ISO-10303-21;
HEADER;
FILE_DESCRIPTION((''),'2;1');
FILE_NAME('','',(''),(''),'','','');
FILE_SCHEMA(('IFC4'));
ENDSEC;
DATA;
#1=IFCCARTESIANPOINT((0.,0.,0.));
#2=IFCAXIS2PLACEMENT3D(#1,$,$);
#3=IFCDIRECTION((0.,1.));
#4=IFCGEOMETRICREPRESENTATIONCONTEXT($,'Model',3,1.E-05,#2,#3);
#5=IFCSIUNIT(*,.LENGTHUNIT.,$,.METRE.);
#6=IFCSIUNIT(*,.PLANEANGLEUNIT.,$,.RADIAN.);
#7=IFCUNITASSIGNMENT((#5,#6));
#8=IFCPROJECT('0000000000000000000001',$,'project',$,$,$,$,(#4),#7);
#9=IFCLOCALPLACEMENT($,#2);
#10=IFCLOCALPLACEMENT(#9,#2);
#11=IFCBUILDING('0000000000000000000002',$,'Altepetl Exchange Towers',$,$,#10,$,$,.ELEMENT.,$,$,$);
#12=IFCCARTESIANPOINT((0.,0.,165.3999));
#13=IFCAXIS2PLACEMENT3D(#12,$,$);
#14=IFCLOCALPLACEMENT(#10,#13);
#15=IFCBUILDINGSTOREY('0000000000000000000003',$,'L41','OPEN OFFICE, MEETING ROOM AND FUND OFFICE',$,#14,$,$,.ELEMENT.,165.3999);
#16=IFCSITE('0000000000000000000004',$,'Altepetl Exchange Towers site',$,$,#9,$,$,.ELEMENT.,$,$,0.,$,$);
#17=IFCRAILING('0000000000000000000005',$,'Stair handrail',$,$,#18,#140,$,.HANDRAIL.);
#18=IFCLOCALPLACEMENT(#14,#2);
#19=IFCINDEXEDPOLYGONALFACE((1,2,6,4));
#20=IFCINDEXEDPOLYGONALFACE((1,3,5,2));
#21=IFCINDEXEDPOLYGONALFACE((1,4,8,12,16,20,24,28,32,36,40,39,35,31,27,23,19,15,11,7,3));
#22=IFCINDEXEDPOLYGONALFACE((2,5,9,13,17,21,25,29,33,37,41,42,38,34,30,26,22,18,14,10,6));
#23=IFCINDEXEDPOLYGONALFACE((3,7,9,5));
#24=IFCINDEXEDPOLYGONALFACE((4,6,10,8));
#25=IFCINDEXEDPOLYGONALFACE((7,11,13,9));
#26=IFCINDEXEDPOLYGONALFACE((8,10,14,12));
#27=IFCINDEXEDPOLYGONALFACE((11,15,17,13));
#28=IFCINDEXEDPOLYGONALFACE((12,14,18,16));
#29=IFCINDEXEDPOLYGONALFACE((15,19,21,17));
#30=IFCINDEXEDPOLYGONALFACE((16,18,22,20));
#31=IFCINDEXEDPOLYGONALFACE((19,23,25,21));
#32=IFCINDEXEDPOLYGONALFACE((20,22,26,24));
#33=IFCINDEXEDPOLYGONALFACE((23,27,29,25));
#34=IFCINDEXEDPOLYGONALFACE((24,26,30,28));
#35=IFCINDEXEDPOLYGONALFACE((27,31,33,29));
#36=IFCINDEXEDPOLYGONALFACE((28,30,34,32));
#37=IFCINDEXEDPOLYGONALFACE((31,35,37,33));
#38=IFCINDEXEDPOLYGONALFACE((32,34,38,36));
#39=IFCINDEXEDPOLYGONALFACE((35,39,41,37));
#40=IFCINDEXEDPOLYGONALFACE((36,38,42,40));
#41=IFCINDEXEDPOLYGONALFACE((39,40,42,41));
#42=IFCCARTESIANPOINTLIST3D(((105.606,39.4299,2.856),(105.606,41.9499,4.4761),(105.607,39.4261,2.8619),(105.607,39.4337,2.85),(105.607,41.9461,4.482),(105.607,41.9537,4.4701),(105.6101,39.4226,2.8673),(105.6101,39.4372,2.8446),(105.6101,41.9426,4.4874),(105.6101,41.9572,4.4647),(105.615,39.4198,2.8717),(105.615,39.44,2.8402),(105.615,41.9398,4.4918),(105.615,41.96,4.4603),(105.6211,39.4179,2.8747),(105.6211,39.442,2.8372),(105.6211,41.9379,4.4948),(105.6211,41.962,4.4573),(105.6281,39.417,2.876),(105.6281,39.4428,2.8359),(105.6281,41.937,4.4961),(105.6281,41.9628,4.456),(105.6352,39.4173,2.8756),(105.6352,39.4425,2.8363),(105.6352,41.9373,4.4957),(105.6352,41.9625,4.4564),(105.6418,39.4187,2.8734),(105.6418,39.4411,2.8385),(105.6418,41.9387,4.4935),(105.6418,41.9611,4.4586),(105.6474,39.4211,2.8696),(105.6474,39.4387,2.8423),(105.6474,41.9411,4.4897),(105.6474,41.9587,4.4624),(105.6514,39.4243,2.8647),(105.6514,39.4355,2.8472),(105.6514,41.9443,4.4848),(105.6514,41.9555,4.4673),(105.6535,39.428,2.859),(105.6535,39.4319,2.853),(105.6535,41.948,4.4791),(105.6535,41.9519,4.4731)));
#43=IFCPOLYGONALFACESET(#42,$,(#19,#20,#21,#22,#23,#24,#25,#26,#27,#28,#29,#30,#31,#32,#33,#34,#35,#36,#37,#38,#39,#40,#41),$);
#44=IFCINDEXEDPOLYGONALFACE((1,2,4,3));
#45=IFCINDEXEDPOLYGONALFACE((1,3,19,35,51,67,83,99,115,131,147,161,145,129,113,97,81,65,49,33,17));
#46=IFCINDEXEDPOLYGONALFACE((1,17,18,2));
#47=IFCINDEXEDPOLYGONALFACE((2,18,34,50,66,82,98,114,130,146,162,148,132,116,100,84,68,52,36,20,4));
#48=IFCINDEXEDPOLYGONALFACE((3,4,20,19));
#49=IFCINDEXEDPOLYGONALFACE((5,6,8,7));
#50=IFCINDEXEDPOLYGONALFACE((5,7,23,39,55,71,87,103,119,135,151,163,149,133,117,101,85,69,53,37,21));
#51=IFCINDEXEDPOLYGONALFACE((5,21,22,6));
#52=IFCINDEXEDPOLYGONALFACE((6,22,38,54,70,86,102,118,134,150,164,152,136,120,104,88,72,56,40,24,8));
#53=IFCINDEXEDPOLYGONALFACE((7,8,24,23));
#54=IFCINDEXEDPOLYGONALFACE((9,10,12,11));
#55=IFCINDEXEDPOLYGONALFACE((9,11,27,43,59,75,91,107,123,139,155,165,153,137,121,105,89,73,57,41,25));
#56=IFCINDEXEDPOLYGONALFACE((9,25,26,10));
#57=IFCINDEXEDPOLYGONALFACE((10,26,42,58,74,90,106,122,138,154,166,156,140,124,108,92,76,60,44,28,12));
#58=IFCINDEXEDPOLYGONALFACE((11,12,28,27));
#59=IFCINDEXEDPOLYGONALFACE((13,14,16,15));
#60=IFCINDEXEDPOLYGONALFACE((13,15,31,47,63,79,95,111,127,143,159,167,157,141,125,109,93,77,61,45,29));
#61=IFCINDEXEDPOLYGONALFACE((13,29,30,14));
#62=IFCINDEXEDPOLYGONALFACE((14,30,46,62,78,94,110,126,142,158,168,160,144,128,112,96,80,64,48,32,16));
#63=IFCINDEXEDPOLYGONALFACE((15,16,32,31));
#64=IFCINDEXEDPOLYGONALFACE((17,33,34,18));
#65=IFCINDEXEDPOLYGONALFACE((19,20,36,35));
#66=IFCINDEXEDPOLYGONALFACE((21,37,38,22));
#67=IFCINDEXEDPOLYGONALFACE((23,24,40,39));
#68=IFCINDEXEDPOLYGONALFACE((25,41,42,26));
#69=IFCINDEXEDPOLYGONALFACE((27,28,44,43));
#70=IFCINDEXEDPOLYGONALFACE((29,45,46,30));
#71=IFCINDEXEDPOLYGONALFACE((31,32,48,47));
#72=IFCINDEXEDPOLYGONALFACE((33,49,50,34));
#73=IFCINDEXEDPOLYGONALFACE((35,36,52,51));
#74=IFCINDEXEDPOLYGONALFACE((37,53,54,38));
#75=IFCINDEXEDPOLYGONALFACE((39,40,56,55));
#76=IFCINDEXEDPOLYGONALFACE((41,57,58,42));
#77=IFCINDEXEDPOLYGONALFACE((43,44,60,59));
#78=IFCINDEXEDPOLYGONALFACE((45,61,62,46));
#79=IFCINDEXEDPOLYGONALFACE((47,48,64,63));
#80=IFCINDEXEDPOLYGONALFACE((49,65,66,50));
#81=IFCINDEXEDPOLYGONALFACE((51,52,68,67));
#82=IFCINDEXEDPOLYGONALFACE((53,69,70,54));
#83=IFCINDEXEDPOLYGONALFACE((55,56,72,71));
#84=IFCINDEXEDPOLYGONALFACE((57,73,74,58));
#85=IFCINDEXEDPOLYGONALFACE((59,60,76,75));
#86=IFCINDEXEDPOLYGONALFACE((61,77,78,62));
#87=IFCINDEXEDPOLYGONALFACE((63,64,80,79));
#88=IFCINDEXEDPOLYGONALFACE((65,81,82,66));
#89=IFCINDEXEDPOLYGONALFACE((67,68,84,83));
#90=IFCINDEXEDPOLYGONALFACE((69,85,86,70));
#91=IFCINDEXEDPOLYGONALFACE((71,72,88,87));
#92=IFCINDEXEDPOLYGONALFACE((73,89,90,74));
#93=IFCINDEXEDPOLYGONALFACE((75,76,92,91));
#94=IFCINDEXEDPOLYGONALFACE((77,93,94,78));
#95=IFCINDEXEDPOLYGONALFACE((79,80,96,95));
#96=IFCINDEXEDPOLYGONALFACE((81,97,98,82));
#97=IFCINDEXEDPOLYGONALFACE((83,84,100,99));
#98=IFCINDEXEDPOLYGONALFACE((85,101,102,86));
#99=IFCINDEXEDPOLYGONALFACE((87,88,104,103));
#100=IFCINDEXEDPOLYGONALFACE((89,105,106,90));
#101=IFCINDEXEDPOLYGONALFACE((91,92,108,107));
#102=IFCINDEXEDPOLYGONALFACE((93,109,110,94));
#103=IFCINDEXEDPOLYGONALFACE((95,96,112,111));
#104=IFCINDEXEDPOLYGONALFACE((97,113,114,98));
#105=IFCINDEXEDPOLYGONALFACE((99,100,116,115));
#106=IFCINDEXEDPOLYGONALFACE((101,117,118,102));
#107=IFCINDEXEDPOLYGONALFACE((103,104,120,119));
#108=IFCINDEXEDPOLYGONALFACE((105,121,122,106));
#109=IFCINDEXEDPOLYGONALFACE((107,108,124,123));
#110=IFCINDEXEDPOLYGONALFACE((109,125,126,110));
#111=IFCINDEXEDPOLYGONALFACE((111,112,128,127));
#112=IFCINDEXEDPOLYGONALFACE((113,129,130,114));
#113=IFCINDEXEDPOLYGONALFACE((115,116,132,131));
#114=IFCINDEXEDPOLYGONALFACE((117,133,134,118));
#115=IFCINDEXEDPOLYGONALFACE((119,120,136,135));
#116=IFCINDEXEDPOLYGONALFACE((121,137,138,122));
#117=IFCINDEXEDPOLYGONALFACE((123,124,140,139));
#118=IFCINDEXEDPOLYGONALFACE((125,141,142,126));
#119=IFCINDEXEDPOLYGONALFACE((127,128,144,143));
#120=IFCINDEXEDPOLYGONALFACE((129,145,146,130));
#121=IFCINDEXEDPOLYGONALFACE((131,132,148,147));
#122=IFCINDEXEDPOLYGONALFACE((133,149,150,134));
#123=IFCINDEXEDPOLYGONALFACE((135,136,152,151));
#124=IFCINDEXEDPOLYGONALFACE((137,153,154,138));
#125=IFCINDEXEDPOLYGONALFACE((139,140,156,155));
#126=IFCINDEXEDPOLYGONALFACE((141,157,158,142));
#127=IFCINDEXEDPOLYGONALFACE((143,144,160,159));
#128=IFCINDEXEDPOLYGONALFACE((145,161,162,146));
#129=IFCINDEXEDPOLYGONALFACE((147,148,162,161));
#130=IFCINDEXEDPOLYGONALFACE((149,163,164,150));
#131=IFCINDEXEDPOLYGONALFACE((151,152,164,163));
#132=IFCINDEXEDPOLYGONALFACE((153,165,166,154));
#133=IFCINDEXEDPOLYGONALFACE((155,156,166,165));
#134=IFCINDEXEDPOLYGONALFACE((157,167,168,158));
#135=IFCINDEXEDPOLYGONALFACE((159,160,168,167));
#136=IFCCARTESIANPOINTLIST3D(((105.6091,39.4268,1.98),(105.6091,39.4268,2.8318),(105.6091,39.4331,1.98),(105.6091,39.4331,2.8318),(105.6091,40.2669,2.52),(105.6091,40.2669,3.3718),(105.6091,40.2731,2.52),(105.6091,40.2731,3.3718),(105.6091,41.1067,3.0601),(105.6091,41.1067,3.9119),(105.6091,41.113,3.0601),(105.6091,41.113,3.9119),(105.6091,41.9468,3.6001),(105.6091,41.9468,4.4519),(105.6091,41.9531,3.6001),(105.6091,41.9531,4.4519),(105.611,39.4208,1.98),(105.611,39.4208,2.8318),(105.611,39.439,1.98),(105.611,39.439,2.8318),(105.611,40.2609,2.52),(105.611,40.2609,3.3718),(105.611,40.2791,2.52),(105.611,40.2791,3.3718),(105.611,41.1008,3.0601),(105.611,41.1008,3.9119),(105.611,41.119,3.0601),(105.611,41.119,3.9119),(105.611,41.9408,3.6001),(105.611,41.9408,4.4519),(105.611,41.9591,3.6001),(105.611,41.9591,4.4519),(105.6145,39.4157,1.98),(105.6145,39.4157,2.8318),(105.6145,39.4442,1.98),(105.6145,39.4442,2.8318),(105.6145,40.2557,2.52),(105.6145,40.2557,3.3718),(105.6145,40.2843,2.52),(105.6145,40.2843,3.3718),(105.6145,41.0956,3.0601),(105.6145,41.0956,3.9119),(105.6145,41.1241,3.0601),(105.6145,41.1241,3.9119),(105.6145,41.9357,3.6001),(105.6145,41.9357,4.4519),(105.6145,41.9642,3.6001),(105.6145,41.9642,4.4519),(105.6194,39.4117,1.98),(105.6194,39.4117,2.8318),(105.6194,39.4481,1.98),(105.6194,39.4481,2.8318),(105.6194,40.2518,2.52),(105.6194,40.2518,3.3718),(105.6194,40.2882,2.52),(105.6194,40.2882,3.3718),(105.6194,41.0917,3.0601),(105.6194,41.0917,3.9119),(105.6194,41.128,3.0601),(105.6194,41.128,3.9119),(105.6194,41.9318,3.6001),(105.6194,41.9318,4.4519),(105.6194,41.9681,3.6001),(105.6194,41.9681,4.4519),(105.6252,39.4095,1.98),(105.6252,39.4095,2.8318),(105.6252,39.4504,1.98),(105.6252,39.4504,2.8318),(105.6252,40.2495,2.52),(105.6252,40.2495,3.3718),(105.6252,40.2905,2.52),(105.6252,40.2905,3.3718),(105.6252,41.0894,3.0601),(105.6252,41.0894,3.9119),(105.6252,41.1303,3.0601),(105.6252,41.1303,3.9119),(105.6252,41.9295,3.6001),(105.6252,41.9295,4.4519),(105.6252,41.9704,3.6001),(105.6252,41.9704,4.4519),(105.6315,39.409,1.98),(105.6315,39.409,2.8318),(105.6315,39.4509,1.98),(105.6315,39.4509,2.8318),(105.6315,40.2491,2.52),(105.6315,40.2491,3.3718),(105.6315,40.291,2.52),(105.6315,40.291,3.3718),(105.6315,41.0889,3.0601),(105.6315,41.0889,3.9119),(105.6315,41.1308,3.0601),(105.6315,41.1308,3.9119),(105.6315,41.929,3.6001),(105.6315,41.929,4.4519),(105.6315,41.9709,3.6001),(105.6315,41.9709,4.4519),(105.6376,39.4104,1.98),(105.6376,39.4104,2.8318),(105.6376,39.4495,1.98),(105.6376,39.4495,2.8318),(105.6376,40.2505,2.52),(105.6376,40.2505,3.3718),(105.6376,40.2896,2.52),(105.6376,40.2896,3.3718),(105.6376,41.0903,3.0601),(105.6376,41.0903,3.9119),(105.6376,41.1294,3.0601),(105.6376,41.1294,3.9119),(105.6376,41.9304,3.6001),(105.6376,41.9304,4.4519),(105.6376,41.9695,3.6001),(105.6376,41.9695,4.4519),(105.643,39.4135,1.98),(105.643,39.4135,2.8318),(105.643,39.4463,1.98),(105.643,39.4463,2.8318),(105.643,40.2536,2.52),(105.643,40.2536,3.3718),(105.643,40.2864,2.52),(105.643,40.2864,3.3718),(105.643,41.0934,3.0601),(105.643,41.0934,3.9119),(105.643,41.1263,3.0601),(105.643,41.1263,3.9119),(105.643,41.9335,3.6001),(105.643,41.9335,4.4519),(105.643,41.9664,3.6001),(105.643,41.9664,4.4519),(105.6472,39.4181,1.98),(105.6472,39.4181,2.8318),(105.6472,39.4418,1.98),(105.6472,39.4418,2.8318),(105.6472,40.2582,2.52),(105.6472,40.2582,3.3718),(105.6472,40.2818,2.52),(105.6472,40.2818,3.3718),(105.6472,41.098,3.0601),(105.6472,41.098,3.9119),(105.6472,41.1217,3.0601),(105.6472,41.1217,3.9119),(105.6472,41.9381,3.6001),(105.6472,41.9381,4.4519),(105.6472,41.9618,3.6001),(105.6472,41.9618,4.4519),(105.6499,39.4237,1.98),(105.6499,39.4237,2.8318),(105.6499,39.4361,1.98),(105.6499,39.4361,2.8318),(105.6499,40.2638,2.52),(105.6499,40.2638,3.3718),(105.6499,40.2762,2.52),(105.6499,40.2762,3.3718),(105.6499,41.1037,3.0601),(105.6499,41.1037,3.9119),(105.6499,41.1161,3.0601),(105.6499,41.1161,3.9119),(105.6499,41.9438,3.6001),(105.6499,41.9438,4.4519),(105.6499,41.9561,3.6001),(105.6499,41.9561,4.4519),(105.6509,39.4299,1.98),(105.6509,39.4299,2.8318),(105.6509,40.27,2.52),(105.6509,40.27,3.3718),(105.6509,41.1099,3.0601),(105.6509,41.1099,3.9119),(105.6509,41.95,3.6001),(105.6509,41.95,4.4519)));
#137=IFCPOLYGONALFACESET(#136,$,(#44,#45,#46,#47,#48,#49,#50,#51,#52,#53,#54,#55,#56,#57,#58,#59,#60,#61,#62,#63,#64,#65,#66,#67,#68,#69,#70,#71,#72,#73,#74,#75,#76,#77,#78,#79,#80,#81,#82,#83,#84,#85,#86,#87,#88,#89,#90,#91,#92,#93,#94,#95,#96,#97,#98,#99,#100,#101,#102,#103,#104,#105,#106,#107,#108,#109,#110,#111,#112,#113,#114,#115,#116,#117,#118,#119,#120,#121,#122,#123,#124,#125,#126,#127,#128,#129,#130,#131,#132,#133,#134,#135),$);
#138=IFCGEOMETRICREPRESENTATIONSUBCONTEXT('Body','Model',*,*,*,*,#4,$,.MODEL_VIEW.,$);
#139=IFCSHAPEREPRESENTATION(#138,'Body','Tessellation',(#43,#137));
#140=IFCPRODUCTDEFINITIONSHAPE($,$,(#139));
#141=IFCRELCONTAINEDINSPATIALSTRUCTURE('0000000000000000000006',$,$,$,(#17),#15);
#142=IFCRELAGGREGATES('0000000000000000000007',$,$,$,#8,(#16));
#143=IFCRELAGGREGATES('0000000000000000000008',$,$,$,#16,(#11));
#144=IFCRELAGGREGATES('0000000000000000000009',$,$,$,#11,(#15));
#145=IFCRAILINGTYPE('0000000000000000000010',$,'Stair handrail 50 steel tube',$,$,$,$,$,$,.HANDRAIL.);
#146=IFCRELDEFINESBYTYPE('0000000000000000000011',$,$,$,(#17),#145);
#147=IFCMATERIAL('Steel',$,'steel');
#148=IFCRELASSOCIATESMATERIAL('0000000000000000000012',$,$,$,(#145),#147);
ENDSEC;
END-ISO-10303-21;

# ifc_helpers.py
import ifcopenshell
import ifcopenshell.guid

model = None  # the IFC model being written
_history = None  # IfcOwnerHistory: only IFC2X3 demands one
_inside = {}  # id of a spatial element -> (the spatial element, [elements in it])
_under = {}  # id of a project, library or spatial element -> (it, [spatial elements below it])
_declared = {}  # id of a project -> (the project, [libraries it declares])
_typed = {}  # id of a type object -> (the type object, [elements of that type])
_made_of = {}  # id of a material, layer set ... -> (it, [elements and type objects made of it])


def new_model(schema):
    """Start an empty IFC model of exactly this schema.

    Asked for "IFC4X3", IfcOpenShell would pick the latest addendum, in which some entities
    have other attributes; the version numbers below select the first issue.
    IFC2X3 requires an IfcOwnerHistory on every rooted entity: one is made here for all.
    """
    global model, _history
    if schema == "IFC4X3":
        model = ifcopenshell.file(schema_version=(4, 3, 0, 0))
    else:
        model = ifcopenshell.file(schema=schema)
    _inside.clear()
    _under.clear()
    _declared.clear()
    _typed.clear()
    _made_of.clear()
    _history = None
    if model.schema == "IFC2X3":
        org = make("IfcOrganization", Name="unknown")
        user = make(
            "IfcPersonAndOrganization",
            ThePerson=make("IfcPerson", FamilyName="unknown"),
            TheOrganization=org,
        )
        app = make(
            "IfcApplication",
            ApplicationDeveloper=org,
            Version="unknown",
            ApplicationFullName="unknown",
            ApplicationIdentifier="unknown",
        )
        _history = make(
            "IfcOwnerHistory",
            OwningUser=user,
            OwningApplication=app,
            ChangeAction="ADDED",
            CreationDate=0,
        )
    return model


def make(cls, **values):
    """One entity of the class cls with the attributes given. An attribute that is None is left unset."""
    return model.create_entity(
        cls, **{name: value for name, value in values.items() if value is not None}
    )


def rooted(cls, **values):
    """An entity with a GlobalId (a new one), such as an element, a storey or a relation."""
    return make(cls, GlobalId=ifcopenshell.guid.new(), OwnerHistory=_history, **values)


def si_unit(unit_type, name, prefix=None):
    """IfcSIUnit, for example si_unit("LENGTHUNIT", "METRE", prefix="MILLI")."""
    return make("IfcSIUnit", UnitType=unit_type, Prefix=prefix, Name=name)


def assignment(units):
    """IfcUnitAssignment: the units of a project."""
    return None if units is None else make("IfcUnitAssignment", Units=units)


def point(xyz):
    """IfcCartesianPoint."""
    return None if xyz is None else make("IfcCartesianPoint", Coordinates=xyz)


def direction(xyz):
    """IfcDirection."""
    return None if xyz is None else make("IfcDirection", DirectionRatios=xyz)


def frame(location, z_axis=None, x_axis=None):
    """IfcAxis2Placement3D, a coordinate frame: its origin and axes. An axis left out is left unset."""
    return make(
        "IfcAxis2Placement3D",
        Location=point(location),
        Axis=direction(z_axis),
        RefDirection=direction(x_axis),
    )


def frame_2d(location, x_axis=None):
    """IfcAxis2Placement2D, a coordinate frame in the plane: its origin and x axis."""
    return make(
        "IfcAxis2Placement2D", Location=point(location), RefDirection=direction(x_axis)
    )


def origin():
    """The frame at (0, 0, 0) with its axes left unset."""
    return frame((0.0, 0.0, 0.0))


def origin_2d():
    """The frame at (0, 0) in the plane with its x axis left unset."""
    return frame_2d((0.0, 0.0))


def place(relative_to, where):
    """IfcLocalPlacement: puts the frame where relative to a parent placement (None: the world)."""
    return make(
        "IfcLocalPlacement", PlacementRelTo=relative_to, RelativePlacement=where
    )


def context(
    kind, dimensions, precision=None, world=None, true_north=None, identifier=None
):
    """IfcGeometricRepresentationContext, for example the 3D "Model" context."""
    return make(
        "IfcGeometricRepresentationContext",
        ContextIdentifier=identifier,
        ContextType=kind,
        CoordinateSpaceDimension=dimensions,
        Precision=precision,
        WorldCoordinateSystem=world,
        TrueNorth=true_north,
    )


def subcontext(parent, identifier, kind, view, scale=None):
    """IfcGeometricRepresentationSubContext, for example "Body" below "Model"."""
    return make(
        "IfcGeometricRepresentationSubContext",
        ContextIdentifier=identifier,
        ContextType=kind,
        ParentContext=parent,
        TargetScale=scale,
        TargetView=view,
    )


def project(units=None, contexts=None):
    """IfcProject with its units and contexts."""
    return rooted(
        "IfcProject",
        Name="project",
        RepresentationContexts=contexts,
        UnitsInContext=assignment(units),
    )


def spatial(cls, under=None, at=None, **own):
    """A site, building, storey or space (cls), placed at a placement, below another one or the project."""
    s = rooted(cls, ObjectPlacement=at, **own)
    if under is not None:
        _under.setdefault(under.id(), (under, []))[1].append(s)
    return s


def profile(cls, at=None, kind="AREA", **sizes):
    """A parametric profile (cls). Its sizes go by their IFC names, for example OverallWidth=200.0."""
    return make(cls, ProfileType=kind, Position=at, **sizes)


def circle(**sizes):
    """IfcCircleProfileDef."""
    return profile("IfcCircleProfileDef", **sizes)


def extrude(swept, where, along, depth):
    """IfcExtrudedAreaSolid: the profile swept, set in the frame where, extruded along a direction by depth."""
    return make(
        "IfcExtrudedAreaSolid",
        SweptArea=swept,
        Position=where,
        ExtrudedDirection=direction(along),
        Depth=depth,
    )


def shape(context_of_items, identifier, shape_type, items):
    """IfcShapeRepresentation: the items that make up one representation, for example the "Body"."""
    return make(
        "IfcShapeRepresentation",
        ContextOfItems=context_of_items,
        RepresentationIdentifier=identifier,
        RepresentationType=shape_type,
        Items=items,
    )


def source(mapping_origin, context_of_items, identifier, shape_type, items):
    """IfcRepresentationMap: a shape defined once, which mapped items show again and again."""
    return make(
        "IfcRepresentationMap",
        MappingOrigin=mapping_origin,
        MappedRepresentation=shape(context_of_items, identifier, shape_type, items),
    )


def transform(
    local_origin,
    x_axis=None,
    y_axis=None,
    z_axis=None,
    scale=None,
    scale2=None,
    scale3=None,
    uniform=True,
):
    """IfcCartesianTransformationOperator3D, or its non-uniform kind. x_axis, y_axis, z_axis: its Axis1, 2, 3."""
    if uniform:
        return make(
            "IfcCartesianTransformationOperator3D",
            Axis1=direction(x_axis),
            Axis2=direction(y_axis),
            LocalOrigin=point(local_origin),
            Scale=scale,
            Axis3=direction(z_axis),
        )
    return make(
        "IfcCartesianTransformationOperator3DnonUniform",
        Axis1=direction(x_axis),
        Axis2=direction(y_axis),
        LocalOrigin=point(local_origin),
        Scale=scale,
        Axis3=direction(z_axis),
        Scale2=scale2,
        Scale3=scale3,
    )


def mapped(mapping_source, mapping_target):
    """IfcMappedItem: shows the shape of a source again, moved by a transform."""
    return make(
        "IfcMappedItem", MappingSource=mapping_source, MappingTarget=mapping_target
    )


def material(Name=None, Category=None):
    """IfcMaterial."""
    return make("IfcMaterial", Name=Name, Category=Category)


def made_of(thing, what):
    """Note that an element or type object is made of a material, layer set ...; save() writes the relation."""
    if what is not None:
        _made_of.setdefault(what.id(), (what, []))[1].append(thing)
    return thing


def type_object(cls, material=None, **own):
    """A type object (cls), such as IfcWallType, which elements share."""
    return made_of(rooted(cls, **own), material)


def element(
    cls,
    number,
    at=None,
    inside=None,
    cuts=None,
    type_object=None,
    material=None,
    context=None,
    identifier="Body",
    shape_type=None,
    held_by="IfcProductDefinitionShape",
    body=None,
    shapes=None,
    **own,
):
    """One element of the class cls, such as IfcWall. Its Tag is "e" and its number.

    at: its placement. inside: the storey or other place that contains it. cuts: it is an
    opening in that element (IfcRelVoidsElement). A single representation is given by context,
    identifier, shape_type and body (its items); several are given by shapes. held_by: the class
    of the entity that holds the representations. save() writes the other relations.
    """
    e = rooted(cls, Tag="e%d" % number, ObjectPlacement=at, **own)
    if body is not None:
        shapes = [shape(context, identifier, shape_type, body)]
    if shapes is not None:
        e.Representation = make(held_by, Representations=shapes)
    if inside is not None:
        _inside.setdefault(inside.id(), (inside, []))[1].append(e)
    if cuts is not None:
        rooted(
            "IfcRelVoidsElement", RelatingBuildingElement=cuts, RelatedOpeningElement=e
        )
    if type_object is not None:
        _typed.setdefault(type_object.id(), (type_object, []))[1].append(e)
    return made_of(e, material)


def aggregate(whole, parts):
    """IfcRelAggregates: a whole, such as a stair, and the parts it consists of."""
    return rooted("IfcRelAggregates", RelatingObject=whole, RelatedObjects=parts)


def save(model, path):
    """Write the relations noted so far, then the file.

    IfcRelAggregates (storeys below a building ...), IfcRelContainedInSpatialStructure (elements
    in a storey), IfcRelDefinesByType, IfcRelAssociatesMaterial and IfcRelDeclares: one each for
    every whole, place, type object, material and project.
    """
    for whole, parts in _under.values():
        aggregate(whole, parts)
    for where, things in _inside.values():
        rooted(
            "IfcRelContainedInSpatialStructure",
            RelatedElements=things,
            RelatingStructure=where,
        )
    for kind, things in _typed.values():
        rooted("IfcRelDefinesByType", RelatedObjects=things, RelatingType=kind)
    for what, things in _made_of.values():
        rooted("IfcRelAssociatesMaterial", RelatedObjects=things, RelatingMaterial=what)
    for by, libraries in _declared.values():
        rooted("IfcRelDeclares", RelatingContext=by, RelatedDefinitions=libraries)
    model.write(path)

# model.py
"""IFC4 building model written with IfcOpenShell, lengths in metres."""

from ifc_helpers import new_model, si_unit, direction, frame, origin, origin_2d, place, context, subcontext, project, spatial, circle, extrude, source, transform, mapped, material, type_object, element, save


model = new_model("IFC4")

# Units and contexts
model_context = context("Model", 3, precision=1e-05, world=origin(), true_north=direction((0.0, 1.0)))
body_context = subcontext(model_context, "Body", "Model", "MODEL_VIEW")
ifc_project = project(units=[si_unit("LENGTHUNIT", "METRE"), si_unit("PLANEANGLEUNIT", "RADIAN")], contexts=[model_context])

# Site, building, storey
site_placement = place(None, origin())
site = spatial("IfcSite", under=ifc_project, at=site_placement, Name="Altepetl Exchange Towers site", CompositionType="ELEMENT", RefElevation=0.0)
building_placement = place(site_placement, origin())
building = spatial("IfcBuilding", under=site, at=building_placement, Name="Altepetl Exchange Towers", CompositionType="ELEMENT")
storey_placement = place(building_placement, frame((0.0, 0.0, 165.3999)))
storey = spatial("IfcBuildingStorey", under=building, at=storey_placement, Name="L41", Description="OPEN OFFICE, MEETING ROOM AND FUND OFFICE", CompositionType="ELEMENT", Elevation=165.3999)

# Railing
ifc_material_1 = material(Name="Steel", Category="steel")
railing_type = type_object("IfcRailingType", Name="Stair handrail 50 steel tube", PredefinedType="HANDRAIL", material=ifc_material_1)
shared_shape = source(origin(), body_context, "Body", "SweptSolid", [
    extrude(circle(Radius=0.021, at=origin_2d()), origin(), (0.0, 0.0, 1.0), 0.8518),
])
railing_1_placement = place(storey_placement, frame((105.6299, 39.4299, 1.98)))
element("IfcRailing", 1, at=railing_1_placement, inside=storey, type_object=railing_type, Name="Stair handrail", PredefinedType="HANDRAIL", context=body_context, shape_type="SweptSolid", body=[
    extrude(circle(Radius=0.0239, at=origin_2d()), frame((0.0, 0.0, 0.876), z_axis=(0.0, 0.841163, 0.540782), x_axis=(-1.0, 0.0, 0.0)), (0.0, 0.0, 1.0), 2.9958),
    mapped(shared_shape, transform((0.0, 0.0, 0.0))),
    mapped(shared_shape, transform((0.0, 0.8401, 0.54))),
    mapped(shared_shape, transform((0.0, 1.6799, 1.0801))),
    mapped(shared_shape, transform((0.0, 2.52, 1.6201))),
])

save(model, "model.ifc")
